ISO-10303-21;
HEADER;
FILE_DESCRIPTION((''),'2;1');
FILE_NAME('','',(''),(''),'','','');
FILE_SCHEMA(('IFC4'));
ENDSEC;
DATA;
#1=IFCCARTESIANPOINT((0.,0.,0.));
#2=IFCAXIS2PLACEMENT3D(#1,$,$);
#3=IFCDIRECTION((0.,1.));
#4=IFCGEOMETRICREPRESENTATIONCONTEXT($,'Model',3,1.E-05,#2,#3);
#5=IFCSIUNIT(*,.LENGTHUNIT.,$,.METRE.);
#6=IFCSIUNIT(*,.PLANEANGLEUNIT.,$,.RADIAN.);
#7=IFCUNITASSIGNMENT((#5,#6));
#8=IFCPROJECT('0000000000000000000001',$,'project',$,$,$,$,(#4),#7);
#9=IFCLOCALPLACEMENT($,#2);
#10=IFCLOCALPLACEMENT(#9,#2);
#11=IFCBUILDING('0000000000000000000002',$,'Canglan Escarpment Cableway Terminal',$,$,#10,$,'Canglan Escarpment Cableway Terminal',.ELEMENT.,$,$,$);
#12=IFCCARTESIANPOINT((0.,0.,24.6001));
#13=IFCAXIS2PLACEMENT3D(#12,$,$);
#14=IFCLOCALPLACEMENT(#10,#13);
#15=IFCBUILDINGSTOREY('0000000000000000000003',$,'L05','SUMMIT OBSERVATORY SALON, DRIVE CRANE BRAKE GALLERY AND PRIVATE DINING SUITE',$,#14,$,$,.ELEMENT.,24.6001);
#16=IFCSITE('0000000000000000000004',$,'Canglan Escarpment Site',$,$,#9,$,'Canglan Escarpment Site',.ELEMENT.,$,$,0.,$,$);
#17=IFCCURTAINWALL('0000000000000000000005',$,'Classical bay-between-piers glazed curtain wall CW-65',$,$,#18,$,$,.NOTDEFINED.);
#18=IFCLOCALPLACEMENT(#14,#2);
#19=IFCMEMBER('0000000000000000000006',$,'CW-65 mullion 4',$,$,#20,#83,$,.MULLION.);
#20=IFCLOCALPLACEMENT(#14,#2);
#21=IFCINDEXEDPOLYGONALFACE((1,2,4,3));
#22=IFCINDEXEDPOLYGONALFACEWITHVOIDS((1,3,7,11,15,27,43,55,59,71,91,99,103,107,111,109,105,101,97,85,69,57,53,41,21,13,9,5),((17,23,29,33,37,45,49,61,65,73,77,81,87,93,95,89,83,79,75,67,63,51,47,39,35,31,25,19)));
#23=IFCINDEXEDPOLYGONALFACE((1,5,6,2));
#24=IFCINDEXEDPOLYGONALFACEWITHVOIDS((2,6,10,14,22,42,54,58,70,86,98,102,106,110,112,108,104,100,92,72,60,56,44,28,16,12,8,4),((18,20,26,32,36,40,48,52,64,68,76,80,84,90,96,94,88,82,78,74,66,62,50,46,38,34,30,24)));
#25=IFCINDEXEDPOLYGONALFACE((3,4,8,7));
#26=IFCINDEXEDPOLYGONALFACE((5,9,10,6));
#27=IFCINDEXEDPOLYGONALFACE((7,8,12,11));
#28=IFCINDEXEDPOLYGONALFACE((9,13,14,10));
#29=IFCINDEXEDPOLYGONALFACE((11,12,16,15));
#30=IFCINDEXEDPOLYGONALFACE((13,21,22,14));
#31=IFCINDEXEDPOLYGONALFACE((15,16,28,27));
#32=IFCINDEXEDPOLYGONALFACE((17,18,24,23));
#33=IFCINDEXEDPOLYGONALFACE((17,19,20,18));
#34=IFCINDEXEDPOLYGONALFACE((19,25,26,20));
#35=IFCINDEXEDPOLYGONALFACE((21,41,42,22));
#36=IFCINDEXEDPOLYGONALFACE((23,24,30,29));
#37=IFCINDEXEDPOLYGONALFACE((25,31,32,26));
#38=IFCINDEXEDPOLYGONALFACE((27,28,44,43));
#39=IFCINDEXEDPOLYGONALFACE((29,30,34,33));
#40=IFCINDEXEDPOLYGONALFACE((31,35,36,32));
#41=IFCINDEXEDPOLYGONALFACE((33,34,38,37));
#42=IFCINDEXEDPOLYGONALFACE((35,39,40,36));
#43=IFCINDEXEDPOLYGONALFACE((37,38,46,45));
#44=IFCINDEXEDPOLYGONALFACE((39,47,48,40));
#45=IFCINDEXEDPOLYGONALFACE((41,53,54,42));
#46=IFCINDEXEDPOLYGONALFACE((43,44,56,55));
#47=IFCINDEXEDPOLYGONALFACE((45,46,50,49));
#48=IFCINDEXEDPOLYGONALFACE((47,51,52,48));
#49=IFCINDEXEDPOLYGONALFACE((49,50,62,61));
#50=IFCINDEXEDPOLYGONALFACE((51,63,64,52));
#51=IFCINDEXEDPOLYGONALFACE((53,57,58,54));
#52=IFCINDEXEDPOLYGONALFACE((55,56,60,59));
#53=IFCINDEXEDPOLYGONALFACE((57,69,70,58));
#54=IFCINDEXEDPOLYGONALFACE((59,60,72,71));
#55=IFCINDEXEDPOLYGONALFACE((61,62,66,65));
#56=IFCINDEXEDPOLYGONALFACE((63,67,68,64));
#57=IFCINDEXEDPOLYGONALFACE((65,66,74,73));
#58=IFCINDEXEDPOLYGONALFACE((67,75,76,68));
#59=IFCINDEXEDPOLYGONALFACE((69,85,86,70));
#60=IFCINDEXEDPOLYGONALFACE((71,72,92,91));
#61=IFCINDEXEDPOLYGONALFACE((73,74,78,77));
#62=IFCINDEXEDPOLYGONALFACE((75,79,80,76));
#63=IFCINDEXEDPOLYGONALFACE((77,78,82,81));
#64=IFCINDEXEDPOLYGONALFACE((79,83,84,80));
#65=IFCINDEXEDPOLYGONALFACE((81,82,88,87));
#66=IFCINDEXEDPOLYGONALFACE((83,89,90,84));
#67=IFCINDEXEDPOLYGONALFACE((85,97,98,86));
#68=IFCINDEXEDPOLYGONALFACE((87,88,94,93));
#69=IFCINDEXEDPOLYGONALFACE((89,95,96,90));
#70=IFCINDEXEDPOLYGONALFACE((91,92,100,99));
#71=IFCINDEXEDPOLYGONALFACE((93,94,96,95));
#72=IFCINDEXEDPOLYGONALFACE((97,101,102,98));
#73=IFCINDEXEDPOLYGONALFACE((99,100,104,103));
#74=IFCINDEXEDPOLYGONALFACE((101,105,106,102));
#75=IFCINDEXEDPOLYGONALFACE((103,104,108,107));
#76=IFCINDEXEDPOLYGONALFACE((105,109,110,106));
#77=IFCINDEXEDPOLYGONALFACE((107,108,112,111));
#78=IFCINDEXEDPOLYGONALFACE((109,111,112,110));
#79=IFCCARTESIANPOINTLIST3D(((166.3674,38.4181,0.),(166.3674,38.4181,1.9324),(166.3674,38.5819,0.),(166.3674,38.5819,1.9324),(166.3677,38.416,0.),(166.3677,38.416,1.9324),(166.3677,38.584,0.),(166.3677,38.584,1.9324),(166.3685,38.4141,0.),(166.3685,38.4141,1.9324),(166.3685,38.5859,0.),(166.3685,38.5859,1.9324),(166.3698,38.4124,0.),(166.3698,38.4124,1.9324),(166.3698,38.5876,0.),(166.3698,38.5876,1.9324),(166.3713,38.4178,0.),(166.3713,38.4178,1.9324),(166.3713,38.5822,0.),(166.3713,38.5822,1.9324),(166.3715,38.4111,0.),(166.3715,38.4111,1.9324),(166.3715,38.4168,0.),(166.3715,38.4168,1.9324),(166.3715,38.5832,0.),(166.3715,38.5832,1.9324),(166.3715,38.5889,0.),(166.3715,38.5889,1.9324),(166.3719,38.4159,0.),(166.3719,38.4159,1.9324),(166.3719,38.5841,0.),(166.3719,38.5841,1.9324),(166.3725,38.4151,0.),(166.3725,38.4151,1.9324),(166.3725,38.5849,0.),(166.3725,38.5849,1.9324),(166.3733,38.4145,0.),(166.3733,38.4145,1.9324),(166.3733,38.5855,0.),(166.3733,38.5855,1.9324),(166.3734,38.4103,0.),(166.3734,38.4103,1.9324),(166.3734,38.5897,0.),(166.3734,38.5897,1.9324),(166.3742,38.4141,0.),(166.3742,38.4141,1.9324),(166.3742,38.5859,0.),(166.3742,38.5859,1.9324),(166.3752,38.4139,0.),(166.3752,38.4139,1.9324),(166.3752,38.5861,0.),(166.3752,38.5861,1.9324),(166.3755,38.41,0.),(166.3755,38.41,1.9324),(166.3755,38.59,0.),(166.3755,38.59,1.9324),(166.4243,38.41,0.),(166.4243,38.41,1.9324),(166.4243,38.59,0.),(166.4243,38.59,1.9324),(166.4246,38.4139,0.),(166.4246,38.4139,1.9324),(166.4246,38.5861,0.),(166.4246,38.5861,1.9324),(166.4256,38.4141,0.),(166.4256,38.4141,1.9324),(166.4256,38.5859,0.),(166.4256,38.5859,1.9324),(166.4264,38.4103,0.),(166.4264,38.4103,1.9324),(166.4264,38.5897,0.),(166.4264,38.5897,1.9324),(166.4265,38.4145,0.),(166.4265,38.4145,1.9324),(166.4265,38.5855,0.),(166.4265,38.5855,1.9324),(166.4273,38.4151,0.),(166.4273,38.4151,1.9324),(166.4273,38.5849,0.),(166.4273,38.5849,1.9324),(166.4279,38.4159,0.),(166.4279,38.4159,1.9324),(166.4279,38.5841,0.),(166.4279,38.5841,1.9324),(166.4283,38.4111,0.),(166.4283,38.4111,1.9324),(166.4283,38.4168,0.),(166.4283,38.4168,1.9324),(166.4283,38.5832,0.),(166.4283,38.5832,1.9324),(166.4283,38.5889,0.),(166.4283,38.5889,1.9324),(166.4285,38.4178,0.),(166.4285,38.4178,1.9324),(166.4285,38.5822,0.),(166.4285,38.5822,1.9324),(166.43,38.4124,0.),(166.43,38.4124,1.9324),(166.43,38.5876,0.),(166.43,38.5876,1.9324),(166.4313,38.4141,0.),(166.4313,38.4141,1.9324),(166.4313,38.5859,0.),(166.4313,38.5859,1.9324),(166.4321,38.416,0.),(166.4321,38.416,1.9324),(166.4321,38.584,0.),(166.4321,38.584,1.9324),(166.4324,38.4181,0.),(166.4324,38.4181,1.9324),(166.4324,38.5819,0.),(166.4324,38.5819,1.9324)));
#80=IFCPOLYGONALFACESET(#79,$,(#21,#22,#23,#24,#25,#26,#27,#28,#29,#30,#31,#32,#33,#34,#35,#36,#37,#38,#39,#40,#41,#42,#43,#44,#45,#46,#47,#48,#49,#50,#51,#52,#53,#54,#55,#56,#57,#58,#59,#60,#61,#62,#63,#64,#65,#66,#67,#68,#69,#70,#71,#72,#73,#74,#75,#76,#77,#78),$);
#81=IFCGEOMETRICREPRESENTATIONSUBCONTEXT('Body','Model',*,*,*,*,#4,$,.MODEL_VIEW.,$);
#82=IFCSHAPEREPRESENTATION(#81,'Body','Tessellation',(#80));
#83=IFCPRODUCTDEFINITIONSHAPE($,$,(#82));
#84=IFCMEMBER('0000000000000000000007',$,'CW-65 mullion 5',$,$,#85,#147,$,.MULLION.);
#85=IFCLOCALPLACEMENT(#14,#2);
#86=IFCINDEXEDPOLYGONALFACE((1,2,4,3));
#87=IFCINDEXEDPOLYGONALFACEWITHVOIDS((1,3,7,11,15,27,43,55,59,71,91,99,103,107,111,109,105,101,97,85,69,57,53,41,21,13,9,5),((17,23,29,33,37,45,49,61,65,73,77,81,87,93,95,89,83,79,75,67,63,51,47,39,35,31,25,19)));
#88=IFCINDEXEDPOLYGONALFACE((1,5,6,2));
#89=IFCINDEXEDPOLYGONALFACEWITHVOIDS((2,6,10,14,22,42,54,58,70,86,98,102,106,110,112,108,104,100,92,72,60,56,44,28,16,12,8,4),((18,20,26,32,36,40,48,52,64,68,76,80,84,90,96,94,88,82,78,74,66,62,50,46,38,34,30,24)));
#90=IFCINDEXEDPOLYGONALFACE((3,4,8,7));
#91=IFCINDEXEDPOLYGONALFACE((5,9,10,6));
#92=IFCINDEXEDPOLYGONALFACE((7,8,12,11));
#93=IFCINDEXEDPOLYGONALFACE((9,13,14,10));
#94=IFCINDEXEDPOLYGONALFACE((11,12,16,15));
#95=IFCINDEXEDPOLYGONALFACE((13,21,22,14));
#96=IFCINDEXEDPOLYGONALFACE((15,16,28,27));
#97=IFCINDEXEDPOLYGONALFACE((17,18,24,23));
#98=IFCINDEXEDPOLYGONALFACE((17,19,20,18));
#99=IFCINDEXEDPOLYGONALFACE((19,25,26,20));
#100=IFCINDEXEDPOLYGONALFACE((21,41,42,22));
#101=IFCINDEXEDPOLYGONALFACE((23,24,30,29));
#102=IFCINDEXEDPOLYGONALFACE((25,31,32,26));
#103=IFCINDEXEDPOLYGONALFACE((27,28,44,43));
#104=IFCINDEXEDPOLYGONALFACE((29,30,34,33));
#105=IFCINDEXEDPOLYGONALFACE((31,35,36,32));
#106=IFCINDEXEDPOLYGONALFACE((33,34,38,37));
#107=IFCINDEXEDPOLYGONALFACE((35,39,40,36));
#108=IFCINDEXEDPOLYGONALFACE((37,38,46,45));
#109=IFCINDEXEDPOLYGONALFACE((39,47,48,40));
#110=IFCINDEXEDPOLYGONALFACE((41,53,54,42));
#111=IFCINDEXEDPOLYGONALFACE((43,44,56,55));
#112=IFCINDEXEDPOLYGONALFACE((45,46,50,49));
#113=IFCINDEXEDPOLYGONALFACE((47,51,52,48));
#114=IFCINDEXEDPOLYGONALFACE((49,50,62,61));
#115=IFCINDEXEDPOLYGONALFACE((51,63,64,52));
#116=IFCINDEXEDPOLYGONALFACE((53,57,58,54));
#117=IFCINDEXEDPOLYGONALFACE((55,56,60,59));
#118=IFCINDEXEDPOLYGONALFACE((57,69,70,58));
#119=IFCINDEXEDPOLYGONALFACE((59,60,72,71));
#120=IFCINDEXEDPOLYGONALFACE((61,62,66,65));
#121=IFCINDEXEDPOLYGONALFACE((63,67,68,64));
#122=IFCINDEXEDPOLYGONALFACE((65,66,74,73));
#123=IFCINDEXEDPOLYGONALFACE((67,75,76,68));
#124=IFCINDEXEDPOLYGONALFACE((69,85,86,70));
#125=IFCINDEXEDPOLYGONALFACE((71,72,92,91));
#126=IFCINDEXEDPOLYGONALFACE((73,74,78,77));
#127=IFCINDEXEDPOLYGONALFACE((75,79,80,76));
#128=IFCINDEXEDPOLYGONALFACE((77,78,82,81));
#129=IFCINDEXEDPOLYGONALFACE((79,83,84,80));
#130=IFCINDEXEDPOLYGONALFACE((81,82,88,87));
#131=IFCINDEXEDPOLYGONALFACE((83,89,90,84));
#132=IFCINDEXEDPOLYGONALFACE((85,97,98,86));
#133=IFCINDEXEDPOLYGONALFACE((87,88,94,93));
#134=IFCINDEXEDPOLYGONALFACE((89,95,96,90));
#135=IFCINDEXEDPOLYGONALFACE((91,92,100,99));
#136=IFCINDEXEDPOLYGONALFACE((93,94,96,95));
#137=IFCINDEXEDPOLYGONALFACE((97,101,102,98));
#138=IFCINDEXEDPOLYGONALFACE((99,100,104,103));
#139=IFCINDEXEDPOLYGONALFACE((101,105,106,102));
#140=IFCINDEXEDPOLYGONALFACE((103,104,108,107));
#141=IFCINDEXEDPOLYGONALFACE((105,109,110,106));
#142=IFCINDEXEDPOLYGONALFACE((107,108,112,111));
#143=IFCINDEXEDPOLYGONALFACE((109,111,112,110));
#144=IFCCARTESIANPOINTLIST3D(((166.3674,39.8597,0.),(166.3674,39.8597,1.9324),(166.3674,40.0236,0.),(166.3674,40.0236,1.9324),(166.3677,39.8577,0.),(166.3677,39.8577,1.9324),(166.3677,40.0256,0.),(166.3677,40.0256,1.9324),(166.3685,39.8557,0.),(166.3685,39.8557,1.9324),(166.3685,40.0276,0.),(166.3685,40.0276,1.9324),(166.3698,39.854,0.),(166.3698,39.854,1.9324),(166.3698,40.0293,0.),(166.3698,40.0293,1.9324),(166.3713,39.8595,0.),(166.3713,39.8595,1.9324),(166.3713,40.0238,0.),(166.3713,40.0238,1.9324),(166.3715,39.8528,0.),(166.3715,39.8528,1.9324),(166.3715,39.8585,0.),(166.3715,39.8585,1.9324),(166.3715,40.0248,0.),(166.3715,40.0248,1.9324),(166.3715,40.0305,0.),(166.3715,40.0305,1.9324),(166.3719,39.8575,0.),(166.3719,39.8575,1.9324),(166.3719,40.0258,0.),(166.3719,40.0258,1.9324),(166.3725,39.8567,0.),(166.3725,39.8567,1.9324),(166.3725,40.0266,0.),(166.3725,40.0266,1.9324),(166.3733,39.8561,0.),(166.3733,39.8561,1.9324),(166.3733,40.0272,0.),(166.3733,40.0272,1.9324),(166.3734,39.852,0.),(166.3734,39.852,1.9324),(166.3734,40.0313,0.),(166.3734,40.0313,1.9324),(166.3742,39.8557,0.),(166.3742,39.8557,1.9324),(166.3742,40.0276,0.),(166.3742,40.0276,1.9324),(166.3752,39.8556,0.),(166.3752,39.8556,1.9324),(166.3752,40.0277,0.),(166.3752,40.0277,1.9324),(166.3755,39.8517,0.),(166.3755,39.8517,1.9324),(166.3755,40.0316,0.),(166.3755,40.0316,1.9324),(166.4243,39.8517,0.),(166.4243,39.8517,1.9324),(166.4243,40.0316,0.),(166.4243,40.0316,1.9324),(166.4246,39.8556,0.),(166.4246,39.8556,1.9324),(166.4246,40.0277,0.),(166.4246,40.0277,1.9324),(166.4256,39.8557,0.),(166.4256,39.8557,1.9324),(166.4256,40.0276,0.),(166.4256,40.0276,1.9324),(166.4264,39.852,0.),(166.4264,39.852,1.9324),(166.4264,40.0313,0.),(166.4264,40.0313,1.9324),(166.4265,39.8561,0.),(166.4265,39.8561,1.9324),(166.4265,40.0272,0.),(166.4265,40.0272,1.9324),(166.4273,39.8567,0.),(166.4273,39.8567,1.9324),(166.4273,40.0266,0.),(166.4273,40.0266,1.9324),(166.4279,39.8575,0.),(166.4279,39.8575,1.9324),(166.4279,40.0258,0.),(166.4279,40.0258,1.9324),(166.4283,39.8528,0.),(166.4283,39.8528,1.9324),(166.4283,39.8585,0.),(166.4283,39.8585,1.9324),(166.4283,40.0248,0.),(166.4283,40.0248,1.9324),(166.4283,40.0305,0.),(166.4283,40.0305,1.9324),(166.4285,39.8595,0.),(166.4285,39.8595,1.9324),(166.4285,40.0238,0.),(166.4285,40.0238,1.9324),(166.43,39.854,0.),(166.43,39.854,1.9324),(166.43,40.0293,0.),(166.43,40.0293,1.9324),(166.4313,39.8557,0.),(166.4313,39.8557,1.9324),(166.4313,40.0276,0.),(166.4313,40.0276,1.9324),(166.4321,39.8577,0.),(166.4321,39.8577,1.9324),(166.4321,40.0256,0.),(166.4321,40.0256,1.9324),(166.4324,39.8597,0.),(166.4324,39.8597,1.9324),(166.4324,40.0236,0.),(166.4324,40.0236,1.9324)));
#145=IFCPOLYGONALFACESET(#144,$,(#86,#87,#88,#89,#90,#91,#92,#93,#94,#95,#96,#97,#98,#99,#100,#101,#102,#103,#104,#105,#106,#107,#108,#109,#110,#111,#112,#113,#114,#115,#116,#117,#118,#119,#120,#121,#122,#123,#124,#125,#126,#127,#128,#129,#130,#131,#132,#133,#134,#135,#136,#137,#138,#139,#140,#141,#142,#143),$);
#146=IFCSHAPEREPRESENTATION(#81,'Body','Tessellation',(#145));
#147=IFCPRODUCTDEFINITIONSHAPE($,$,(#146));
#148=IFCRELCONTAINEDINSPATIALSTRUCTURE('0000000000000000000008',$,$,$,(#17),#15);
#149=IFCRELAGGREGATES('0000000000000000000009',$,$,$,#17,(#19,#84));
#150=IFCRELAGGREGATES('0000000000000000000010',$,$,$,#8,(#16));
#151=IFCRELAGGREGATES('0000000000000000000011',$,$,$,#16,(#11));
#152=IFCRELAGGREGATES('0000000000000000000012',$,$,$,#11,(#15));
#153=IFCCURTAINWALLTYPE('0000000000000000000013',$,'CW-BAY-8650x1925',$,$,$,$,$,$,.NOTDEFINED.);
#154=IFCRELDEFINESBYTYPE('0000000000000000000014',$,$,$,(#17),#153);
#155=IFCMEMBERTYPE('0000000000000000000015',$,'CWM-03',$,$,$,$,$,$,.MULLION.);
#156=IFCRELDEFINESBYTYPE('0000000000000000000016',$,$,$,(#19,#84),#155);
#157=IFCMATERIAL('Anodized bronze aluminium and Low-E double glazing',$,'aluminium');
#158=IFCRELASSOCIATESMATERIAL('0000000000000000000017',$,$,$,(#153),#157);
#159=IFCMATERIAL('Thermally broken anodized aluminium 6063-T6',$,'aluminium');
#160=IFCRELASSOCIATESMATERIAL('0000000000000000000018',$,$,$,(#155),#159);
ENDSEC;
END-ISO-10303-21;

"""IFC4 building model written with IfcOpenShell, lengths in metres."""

from ifc_helpers import new_model, si_unit, direction, frame, origin, origin_2d, place, context, subcontext, project, spatial, hollow_rectangle, extrude, material, material_profile, profile_set, type_object, element, aggregate, save


model = new_model("IFC4")

# Units and contexts
model_context = context("Model", 3, precision=1e-05, world=origin(), true_north=direction((0.0, 1.0)))
body_context = subcontext(model_context, "Body", "Model", "MODEL_VIEW")
ifc_project = project(units=[si_unit("LENGTHUNIT", "METRE"), si_unit("PLANEANGLEUNIT", "RADIAN")], contexts=[model_context])

# Site, building, storey
site_placement = place(None, origin())
site = spatial("IfcSite", under=ifc_project, at=site_placement, Name="Canglan Escarpment Site", LongName="Canglan Escarpment Site", CompositionType="ELEMENT", RefElevation=0.0)
building_placement = place(site_placement, origin())
building = spatial("IfcBuilding", under=site, at=building_placement, Name="Canglan Escarpment Cableway Terminal", LongName="Canglan Escarpment Cableway Terminal", CompositionType="ELEMENT")
storey_placement = place(building_placement, frame((0.0, 0.0, 24.6001)))
storey = spatial("IfcBuildingStorey", under=building, at=storey_placement, Name="L05", Description="SUMMIT OBSERVATORY SALON, DRIVE CRANE BRAKE GALLERY AND PRIVATE DINING SUITE", CompositionType="ELEMENT", Elevation=24.6001)

# Curtain wall, members
ifc_material_1 = material(Name="Anodized bronze aluminium and Low-E double glazing", Category="aluminium")
curtain_wall_type = type_object("IfcCurtainWallType", Name="CW-BAY-8650x1925", PredefinedType="NOTDEFINED", material=ifc_material_1)
curtain_wall_placement = place(storey_placement, origin())
curtain_wall = element("IfcCurtainWall", 1, at=curtain_wall_placement, inside=storey, type_object=curtain_wall_type, Name="Classical bay-between-piers glazed curtain wall CW-65", PredefinedType="NOTDEFINED")
ifc_material_2 = material(Name="Thermally broken anodized aluminium 6063-T6", Category="aluminium")
ifc_material_profile_1 = material_profile(ifc_material_2, hollow_rectangle(XDim=0.0649, YDim=0.1799, WallThickness=0.0039, InnerFilletRadius=0.0039, OuterFilletRadius=0.0081, at=origin_2d()), Name="ALU-MULL 65x180x4")
ifc_profile_set_1 = profile_set([ifc_material_profile_1], Name="Thermally broken anodized aluminium 6063-T6")
member_type_1 = type_object("IfcMemberType", Name="CWM-03", PredefinedType="MULLION", material=ifc_profile_set_1)
member_1_placement = place(storey_placement, frame((166.3999, 38.5, 0.0), z_axis=(0.0, 0.0, 1.0), x_axis=(-1.0, 0.0, 0.0)))
member_1 = element("IfcMember", 2, at=member_1_placement, type_object=member_type_1, Name="CW-65 mullion 4", PredefinedType="MULLION", context=body_context, shape_type="SweptSolid", body=[
    extrude(hollow_rectangle(XDim=0.0649, YDim=0.1799, WallThickness=0.0039, InnerFilletRadius=0.0039, OuterFilletRadius=0.0081, at=origin_2d()), origin(), (0.0, 0.0, 1.0), 1.9324),
])
member_2_placement = place(storey_placement, frame((166.3999, 39.9417, 0.0), z_axis=(0.0, 0.0, 1.0), x_axis=(-1.0, 0.0, 0.0)))
member_2 = element("IfcMember", 3, at=member_2_placement, type_object=member_type_1, Name="CW-65 mullion 5", PredefinedType="MULLION", context=body_context, shape_type="SweptSolid", body=[
    extrude(hollow_rectangle(XDim=0.0649, YDim=0.1799, WallThickness=0.0039, InnerFilletRadius=0.0039, OuterFilletRadius=0.0081, at=origin_2d()), origin(), (0.0, 0.0, 1.0), 1.9324),
])
aggregate(curtain_wall, [member_1, member_2])

save(model, "model.ifc")
